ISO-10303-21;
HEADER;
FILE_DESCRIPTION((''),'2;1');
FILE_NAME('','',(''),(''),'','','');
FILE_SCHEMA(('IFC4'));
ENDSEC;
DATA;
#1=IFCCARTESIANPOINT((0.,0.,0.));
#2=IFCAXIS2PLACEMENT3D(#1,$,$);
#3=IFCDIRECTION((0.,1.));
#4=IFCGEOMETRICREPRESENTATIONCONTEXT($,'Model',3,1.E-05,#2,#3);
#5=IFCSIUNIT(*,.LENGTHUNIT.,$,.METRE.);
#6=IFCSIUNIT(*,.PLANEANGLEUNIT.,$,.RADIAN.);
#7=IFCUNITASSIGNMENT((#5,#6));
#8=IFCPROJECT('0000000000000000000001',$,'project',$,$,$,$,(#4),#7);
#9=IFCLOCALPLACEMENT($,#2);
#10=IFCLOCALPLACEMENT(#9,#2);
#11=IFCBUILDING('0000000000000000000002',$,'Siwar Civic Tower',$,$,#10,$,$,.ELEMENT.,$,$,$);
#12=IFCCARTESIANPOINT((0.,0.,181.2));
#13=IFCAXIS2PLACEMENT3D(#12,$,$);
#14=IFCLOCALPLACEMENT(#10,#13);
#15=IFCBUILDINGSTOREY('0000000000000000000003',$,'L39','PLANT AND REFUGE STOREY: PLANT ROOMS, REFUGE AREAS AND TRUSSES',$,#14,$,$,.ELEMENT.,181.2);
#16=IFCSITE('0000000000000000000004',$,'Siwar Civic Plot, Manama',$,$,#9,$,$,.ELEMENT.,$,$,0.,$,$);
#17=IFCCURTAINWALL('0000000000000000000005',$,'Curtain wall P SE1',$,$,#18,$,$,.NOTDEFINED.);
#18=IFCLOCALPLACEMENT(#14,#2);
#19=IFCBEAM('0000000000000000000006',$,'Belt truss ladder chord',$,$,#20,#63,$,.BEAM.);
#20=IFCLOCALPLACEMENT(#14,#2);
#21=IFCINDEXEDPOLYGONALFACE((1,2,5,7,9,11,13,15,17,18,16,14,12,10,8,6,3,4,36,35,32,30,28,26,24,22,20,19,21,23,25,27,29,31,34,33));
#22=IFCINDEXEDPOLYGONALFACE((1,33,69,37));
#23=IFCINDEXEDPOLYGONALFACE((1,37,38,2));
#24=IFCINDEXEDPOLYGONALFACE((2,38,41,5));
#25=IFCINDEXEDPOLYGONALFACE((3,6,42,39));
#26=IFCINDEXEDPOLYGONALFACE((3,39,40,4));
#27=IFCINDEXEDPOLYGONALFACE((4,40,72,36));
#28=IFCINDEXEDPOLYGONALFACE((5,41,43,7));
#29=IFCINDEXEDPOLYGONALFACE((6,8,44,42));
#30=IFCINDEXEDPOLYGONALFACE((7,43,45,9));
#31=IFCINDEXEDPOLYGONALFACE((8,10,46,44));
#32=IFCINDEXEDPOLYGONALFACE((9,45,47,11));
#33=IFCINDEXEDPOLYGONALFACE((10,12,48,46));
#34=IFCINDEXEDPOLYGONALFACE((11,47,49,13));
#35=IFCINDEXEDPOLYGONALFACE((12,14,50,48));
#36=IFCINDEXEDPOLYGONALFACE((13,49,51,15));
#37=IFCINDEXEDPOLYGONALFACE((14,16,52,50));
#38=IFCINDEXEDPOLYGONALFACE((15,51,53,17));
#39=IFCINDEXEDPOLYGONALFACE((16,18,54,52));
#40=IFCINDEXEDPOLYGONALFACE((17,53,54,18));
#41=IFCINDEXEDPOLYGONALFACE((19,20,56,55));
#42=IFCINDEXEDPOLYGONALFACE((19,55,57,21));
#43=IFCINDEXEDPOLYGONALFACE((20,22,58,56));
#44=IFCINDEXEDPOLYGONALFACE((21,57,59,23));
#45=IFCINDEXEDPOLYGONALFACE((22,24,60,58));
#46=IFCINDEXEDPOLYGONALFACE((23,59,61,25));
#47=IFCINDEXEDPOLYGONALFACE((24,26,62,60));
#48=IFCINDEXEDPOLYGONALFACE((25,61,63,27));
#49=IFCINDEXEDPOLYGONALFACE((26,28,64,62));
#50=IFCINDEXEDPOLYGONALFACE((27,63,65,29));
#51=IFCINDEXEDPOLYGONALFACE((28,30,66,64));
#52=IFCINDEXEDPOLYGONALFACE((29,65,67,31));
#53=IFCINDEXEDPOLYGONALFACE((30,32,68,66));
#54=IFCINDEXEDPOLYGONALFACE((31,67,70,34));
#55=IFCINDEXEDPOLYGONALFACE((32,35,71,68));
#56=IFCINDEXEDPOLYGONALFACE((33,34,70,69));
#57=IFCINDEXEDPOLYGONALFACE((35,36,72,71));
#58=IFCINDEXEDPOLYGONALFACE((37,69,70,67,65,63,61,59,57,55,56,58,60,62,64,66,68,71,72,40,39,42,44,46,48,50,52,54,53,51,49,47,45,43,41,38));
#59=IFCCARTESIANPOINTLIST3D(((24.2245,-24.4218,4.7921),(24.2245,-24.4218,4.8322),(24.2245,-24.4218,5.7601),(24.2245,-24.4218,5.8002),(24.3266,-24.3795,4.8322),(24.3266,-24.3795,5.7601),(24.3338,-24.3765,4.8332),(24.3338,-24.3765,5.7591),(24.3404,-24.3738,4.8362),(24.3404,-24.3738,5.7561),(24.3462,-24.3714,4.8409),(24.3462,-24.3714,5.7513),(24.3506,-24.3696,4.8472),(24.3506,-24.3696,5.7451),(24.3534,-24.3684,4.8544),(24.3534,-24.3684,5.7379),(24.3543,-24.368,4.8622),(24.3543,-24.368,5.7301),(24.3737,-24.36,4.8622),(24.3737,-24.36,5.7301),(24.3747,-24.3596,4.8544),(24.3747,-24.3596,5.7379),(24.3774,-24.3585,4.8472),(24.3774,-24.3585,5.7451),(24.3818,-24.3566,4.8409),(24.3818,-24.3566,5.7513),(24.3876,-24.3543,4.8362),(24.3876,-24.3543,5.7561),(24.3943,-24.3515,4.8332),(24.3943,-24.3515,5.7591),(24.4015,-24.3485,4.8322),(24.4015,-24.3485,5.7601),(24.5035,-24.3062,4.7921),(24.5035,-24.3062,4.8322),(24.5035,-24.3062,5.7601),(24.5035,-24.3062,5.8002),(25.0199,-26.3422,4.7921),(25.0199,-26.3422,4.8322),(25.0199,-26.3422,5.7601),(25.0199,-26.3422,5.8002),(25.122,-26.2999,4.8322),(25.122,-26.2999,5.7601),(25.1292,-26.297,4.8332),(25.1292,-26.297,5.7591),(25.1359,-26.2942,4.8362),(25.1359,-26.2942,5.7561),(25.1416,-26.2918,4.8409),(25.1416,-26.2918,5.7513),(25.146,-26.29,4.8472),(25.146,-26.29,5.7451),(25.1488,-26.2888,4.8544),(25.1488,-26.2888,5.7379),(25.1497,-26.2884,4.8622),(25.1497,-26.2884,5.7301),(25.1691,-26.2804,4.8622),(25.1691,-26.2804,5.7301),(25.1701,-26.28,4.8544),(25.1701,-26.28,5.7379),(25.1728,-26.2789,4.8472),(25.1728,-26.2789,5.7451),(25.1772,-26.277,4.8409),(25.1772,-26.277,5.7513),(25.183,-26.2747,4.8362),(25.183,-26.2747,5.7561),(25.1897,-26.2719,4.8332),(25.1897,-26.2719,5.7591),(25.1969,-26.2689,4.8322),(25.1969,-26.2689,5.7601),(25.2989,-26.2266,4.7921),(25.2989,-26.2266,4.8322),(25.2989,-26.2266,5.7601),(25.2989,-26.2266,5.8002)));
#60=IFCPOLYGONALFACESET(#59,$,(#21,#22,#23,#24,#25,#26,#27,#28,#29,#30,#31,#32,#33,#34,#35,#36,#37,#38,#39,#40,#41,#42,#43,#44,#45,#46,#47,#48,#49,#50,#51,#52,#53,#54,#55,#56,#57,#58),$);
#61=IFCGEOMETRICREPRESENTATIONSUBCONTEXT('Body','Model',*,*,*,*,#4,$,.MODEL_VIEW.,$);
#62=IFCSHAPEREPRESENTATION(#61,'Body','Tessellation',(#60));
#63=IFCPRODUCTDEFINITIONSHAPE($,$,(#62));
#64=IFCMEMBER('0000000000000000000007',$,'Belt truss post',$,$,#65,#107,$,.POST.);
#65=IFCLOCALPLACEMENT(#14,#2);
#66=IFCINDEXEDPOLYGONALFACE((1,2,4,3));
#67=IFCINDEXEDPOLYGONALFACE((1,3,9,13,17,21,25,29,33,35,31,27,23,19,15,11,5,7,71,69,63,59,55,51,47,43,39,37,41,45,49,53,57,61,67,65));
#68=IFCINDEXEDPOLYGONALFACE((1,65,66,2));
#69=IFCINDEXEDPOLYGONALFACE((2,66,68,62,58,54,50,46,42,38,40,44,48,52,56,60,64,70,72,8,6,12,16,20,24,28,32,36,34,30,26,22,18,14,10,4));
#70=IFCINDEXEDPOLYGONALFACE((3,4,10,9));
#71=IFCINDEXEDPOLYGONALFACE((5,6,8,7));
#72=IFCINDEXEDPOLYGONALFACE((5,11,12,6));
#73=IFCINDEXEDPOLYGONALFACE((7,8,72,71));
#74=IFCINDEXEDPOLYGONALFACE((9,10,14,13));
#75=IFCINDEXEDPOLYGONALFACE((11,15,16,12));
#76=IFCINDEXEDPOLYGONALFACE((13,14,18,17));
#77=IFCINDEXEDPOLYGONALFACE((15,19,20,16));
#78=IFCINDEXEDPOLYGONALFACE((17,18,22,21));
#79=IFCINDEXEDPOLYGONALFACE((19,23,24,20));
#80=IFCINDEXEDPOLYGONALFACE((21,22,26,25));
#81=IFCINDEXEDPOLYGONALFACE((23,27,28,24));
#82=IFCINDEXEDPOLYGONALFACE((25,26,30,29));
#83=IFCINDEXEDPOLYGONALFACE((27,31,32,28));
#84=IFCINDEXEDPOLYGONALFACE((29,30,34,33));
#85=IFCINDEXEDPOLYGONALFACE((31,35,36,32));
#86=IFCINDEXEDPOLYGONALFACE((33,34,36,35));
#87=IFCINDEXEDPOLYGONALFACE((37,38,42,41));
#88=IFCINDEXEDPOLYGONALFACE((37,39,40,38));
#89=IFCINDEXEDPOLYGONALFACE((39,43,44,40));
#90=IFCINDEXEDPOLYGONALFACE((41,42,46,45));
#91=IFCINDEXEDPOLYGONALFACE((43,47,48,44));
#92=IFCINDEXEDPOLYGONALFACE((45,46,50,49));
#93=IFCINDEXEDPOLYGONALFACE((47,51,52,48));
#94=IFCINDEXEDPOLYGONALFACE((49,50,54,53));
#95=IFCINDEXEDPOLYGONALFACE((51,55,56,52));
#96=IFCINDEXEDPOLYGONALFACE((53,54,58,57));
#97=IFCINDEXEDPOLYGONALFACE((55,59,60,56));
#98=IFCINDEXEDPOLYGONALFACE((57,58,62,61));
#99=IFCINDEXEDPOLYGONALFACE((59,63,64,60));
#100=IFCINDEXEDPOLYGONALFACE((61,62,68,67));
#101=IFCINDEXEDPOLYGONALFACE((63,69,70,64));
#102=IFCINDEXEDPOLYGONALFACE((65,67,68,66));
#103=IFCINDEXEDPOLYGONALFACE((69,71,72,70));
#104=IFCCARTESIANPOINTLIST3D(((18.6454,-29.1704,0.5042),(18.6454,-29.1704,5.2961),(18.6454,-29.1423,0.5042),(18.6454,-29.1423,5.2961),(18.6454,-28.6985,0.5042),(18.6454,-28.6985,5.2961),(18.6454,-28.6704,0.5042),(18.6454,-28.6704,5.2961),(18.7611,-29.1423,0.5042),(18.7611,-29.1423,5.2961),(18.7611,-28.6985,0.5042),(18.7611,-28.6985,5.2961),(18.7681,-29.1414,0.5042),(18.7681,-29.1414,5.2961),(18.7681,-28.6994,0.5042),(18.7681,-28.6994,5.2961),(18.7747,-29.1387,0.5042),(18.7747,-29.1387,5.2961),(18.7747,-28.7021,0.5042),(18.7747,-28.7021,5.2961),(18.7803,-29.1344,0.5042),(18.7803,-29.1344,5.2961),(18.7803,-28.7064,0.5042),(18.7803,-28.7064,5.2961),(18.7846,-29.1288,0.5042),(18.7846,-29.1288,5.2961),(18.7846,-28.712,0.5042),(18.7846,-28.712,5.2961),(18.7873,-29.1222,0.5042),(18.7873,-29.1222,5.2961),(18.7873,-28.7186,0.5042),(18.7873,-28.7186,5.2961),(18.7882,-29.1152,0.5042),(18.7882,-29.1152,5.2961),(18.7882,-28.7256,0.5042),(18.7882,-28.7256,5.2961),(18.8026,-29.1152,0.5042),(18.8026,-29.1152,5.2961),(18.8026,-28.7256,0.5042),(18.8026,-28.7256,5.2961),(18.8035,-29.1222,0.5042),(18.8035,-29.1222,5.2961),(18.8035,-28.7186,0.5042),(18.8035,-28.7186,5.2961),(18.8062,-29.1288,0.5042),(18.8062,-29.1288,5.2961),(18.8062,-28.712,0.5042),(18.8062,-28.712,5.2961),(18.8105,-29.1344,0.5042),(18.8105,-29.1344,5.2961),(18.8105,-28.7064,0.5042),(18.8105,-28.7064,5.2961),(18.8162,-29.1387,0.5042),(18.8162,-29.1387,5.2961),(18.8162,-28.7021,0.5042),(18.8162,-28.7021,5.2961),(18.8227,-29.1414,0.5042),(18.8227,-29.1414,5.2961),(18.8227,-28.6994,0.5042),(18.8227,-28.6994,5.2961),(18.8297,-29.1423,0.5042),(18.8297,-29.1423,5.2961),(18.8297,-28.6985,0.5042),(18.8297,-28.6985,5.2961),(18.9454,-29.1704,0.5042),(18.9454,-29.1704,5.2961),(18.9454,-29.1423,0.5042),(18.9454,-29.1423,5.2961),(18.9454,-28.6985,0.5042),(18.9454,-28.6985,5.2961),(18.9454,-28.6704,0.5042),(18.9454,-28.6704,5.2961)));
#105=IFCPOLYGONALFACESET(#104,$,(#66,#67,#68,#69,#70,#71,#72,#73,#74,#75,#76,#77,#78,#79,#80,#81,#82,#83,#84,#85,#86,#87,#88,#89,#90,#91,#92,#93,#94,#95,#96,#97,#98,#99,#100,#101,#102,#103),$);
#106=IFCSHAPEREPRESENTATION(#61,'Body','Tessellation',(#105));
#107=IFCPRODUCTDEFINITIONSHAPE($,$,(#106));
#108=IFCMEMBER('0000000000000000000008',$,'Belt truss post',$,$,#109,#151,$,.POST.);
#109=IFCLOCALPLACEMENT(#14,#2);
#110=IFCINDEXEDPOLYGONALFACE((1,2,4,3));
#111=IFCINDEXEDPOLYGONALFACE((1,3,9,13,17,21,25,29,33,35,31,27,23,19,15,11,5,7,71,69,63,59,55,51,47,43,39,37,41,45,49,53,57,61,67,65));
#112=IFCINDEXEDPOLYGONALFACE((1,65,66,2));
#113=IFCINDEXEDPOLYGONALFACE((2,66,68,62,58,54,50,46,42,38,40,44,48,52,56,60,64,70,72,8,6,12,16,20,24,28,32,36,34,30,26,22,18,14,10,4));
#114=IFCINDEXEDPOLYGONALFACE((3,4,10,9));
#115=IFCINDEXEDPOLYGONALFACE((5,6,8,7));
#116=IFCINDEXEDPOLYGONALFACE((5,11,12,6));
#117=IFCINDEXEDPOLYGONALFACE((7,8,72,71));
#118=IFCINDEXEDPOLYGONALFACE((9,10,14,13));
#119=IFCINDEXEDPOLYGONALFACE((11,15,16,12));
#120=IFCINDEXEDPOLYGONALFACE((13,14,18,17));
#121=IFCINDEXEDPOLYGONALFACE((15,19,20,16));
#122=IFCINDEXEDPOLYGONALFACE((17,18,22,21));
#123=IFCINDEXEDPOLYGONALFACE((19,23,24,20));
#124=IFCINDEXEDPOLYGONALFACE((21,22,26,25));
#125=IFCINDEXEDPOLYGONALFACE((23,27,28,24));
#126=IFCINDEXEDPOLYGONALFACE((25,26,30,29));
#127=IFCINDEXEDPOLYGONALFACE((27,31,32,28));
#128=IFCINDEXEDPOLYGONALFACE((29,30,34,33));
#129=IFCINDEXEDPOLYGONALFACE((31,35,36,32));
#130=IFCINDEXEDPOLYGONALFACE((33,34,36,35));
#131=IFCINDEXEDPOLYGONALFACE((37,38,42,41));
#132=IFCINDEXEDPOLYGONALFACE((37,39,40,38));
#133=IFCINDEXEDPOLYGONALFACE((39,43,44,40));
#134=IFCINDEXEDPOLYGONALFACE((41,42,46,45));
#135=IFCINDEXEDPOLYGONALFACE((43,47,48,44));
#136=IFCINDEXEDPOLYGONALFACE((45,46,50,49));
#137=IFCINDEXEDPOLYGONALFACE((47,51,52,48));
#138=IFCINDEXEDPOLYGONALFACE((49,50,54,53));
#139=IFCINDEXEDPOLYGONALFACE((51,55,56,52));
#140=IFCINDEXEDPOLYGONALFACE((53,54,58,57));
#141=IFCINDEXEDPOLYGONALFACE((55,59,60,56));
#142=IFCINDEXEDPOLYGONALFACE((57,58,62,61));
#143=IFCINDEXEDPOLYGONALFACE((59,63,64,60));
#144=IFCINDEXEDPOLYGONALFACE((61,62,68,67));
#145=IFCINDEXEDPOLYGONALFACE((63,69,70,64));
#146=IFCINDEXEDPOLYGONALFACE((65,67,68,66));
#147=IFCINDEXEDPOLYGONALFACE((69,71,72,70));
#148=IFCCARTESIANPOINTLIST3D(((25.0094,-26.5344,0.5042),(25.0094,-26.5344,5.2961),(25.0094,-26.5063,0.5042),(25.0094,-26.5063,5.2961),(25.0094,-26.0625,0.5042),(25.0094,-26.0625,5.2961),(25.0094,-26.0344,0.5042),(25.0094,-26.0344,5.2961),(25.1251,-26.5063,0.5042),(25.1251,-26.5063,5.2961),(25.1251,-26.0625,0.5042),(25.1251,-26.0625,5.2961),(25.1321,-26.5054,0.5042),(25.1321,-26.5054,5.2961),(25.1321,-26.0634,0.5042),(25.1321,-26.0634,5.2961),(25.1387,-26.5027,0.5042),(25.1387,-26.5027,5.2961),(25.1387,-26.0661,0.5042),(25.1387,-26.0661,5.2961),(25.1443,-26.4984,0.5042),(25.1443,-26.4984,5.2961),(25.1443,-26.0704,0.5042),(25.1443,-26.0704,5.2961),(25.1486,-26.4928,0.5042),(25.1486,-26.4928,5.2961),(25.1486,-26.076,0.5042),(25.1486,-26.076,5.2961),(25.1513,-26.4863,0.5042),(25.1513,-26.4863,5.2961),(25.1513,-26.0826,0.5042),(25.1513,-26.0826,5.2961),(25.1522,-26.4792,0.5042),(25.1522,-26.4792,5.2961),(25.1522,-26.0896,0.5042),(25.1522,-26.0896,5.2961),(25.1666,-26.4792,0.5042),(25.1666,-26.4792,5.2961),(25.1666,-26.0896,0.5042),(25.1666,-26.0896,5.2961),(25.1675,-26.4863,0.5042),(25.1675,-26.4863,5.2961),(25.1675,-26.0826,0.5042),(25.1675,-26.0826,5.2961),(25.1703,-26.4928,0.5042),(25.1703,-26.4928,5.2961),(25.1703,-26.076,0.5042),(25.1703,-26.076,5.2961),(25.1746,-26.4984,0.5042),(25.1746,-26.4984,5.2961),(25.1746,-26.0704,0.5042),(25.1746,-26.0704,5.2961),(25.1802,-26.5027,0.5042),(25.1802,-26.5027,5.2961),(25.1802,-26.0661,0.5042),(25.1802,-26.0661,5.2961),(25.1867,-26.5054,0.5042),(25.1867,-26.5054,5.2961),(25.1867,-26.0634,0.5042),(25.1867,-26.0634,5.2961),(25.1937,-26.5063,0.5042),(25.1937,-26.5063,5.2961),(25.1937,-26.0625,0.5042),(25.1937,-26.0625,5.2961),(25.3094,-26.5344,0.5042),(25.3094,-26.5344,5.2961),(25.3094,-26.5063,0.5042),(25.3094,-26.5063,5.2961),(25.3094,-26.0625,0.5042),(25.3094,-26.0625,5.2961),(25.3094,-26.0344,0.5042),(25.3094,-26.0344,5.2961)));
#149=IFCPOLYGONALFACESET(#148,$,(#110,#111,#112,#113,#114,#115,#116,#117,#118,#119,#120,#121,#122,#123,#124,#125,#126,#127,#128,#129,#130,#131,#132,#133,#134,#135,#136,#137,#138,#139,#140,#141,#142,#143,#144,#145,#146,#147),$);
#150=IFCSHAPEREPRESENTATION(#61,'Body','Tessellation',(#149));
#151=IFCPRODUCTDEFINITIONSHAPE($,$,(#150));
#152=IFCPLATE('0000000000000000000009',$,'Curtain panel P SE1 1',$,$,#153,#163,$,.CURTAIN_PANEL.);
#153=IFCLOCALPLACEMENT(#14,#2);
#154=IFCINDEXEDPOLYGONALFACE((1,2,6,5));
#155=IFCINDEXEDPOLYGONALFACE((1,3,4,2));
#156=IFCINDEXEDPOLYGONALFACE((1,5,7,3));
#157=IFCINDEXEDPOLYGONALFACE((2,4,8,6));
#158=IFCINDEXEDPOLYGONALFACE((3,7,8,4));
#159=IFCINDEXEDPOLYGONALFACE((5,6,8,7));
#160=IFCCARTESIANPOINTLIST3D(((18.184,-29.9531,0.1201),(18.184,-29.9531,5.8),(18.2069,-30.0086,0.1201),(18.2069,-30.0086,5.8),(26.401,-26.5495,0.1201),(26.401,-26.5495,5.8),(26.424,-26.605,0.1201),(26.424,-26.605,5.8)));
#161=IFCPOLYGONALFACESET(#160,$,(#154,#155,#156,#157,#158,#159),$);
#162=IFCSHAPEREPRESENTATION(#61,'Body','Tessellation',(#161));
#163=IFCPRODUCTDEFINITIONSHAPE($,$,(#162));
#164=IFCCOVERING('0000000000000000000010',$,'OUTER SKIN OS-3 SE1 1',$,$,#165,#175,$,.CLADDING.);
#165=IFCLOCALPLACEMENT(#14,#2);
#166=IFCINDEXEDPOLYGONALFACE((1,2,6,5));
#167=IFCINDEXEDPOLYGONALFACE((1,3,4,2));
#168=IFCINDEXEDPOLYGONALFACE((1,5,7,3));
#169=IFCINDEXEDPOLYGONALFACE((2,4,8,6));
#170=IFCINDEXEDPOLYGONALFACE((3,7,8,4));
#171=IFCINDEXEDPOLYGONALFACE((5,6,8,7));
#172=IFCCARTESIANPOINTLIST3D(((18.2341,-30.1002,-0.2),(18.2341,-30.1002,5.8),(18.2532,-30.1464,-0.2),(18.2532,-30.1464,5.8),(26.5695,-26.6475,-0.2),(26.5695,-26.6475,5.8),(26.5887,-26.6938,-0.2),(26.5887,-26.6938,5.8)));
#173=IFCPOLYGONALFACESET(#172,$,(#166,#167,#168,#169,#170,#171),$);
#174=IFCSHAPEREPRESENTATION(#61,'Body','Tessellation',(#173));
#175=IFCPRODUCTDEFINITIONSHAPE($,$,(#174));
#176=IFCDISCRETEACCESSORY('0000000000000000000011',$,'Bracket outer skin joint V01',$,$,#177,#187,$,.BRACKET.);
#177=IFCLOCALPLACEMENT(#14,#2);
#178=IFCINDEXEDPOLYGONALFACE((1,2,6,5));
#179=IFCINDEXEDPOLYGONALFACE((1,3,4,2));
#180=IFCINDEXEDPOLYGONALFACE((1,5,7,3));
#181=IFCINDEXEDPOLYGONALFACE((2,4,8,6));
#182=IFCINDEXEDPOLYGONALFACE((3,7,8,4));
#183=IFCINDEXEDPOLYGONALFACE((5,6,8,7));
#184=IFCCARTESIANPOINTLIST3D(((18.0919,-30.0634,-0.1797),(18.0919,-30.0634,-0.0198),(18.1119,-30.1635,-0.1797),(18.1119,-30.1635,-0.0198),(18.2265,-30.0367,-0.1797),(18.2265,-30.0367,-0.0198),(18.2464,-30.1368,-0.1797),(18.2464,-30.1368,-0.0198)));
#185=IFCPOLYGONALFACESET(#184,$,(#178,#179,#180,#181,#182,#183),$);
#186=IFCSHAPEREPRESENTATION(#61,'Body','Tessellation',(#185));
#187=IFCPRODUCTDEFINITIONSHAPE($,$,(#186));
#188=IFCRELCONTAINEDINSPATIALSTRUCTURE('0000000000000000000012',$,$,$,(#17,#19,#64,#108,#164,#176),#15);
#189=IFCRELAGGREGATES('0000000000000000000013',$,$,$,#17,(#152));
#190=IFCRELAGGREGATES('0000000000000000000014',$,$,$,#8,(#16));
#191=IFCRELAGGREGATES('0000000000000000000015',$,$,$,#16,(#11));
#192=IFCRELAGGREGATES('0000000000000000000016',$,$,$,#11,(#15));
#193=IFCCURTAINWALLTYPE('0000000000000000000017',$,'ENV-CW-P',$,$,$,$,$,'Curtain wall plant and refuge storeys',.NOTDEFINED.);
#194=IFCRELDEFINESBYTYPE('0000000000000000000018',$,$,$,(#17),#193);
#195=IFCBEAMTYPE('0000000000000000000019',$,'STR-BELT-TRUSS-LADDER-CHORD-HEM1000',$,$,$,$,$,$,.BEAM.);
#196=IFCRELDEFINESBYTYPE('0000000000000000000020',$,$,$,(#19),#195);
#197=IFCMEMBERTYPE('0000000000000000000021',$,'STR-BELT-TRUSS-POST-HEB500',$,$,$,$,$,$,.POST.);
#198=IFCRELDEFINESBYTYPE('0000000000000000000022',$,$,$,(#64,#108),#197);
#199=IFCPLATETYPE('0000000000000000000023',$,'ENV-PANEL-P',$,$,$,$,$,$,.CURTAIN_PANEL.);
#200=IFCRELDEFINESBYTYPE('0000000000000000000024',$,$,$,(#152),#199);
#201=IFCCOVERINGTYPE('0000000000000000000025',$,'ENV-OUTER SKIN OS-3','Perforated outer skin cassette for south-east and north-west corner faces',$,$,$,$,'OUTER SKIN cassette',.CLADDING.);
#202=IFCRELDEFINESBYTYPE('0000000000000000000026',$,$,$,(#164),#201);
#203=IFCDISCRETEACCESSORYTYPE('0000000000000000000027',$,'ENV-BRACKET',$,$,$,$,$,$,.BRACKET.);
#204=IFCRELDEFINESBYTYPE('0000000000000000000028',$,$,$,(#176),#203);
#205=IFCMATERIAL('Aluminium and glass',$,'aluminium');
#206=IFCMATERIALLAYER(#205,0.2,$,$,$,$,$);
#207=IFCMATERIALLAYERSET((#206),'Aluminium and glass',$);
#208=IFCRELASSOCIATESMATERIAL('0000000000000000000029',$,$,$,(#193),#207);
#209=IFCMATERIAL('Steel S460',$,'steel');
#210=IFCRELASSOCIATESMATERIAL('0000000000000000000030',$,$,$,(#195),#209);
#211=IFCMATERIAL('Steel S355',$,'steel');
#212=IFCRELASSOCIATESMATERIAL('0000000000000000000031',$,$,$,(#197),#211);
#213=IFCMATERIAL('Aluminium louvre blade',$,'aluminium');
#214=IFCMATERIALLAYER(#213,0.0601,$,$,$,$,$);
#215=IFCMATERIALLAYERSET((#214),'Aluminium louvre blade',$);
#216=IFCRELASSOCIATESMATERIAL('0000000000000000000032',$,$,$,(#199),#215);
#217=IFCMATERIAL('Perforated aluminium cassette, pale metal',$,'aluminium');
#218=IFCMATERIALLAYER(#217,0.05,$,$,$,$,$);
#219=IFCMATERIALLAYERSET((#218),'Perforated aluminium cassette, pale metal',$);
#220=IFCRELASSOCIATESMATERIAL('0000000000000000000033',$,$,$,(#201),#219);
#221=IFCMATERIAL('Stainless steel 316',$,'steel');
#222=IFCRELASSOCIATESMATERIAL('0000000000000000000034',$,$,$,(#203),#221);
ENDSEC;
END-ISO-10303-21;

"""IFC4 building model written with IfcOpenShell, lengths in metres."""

from ifc_helpers import new_model, si_unit, direction, frame, origin, origin_2d, place, context, subcontext, project, spatial, rectangle, i_section, extrude, material, layer, layer_set, material_profile, profile_set, type_object, element, aggregate, save


model = new_model("IFC4")

# Units and contexts
model_context = context("Model", 3, precision=1e-05, world=origin(), true_north=direction((0.0, 1.0)))
body_context = subcontext(model_context, "Body", "Model", "MODEL_VIEW")
ifc_project = project(units=[si_unit("LENGTHUNIT", "METRE"), si_unit("PLANEANGLEUNIT", "RADIAN")], contexts=[model_context])

# Site, building, storey
site_placement = place(None, origin())
site = spatial("IfcSite", under=ifc_project, at=site_placement, Name="Siwar Civic Plot, Manama", CompositionType="ELEMENT", RefElevation=0.0)
building_placement = place(site_placement, origin())
building = spatial("IfcBuilding", under=site, at=building_placement, Name="Siwar Civic Tower", CompositionType="ELEMENT")
storey_placement = place(building_placement, frame((0.0, 0.0, 181.2)))
storey = spatial("IfcBuildingStorey", under=building, at=storey_placement, Name="L39", Description="PLANT AND REFUGE STOREY: PLANT ROOMS, REFUGE AREAS AND TRUSSES", CompositionType="ELEMENT", Elevation=181.2)

# Curtain wall
ifc_material_1 = material(Name="Aluminium and glass", Category="aluminium")
ifc_layer_1 = layer(ifc_material_1, 0.2)
ifc_layer_set_1 = layer_set([ifc_layer_1], Name="Aluminium and glass")
curtain_wall_type = type_object("IfcCurtainWallType", Name="ENV-CW-P", ElementType="Curtain wall plant and refuge storeys", PredefinedType="NOTDEFINED", material=ifc_layer_set_1)
curtain_wall_1_placement = place(storey_placement, origin())
curtain_wall_1 = element("IfcCurtainWall", 1, at=curtain_wall_1_placement, inside=storey, type_object=curtain_wall_type, Name="Curtain wall P SE1", PredefinedType="NOTDEFINED")

# Beam
ifc_material_2 = material(Name="Steel S460", Category="steel")
ifc_material_profile_1 = material_profile(ifc_material_2, i_section(OverallWidth=0.302, OverallDepth=1.0081, WebThickness=0.021, FlangeThickness=0.04, FilletRadius=0.03, at=origin_2d()), Name="HEM1000")
ifc_profile_set_1 = profile_set([ifc_material_profile_1], Name="Steel S460")
beam_type_1 = type_object("IfcBeamType", Name="STR-BELT-TRUSS-LADDER-CHORD-HEM1000", PredefinedType="BEAM", material=ifc_profile_set_1)
for number, where, z_axis, x_axis, name in (
    (2, (24.364, -24.364, 5.2961), (0.382663, -0.923888, 0.0), (0.923888, 0.382663, 0.0), "Belt truss ladder chord"),
):
    element("IfcBeam", number, at=place(storey_placement, frame(where, z_axis=z_axis, x_axis=x_axis)), inside=storey, type_object=beam_type_1, Name=name, PredefinedType="BEAM", context=body_context, shape_type="SweptSolid", body=[
        extrude(i_section(OverallWidth=0.302, OverallDepth=1.0081, WebThickness=0.021, FlangeThickness=0.04, FilletRadius=0.03, at=origin_2d()), origin(), (0.0, 0.0, 1.0), 2.0786),
    ])

# Members
ifc_material_3 = material(Name="Steel S355", Category="steel")
ifc_material_profile_2 = material_profile(ifc_material_3, i_section(OverallWidth=0.3, OverallDepth=0.5, WebThickness=0.0144, FlangeThickness=0.0281, FilletRadius=0.0271, at=origin_2d()), Name="HEB500")
ifc_profile_set_2 = profile_set([ifc_material_profile_2], Name="Steel S355")
member_type_1 = type_object("IfcMemberType", Name="STR-BELT-TRUSS-POST-HEB500", PredefinedType="POST", material=ifc_profile_set_2)
for number, where, z_axis, x_axis, name in (
    (3, (18.7954, -28.9204, 0.5042), (0.0, 0.0, 1.0), (1.0, 0.0, 0.0), "Belt truss post"),
    (4, (25.1594, -26.2844, 0.5042), (0.0, 0.0, 1.0), (1.0, 0.0, 0.0), "Belt truss post"),
):
    element("IfcMember", number, at=place(storey_placement, frame(where, z_axis=z_axis, x_axis=x_axis)), inside=storey, type_object=member_type_1, Name=name, PredefinedType="POST", context=body_context, shape_type="SweptSolid", body=[
        extrude(i_section(OverallWidth=0.3, OverallDepth=0.5, WebThickness=0.0144, FlangeThickness=0.0281, FilletRadius=0.0271, at=origin_2d()), origin(), (0.0, 0.0, 1.0), 4.792),
    ])

# Plate
ifc_material_4 = material(Name="Aluminium louvre blade", Category="aluminium")
ifc_layer_2 = layer(ifc_material_4, 0.0601)
ifc_layer_set_2 = layer_set([ifc_layer_2], Name="Aluminium louvre blade")
plate_type = type_object("IfcPlateType", Name="ENV-PANEL-P", PredefinedType="CURTAIN_PANEL", material=ifc_layer_set_2)
plate_placement = place(storey_placement, frame((22.304, -28.2791, 0.1201), z_axis=(0.0, 0.0, 1.0), x_axis=(0.92388, 0.382683, 0.0)))
plate = element("IfcPlate", 5, at=plate_placement, type_object=plate_type, Name="Curtain panel P SE1 1", PredefinedType="CURTAIN_PANEL", context=body_context, shape_type="SweptSolid", body=[
    extrude(rectangle(XDim=8.894, YDim=0.0601, at=origin_2d()), origin(), (0.0, 0.0, 1.0), 5.6799),
])
aggregate(curtain_wall_1, [plate])

# Covering
ifc_material_5 = material(Name="Perforated aluminium cassette, pale metal", Category="aluminium")
ifc_layer_3 = layer(ifc_material_5, 0.05)
ifc_layer_set_3 = layer_set([ifc_layer_3], Name="Perforated aluminium cassette, pale metal")
covering_type = type_object("IfcCoveringType", Name="ENV-OUTER SKIN OS-3", Description="Perforated outer skin cassette for south-east and north-west corner faces", ElementType="OUTER SKIN cassette", PredefinedType="CLADDING", material=ifc_layer_set_3)
covering_placement = place(storey_placement, frame((22.4114, -28.397, -0.2), z_axis=(0.0, 0.0, 1.0), x_axis=(0.92388, 0.382683, 0.0)))
element("IfcCovering", 6, at=covering_placement, inside=storey, type_object=covering_type, Name="OUTER SKIN OS-3 SE1 1", PredefinedType="CLADDING", context=body_context, shape_type="SweptSolid", body=[
    extrude(rectangle(XDim=9.0222, YDim=0.05, at=origin_2d()), origin(), (0.0, 0.0, 1.0), 6.0),
])

# Discrete accessory
ifc_material_6 = material(Name="Stainless steel 316", Category="steel")
discrete_accessory_type_1 = type_object("IfcDiscreteAccessoryType", Name="ENV-BRACKET", PredefinedType="BRACKET", material=ifc_material_6)
discrete_accessory_1_placement = place(storey_placement, frame((18.1692, -30.1001, -0.1797), z_axis=(0.0, 0.0, 1.0), x_axis=(0.19509, -0.980785, 0.0)))
element("IfcDiscreteAccessory", 7, at=discrete_accessory_1_placement, inside=storey, type_object=discrete_accessory_type_1, Name="Bracket outer skin joint V01", PredefinedType="BRACKET", context=body_context, shape_type="SweptSolid", body=[
    extrude(rectangle(XDim=0.1021, YDim=0.1372, at=origin_2d()), origin(), (0.0, 0.0, 1.0), 0.1599),
])

save(model, "model.ifc")
